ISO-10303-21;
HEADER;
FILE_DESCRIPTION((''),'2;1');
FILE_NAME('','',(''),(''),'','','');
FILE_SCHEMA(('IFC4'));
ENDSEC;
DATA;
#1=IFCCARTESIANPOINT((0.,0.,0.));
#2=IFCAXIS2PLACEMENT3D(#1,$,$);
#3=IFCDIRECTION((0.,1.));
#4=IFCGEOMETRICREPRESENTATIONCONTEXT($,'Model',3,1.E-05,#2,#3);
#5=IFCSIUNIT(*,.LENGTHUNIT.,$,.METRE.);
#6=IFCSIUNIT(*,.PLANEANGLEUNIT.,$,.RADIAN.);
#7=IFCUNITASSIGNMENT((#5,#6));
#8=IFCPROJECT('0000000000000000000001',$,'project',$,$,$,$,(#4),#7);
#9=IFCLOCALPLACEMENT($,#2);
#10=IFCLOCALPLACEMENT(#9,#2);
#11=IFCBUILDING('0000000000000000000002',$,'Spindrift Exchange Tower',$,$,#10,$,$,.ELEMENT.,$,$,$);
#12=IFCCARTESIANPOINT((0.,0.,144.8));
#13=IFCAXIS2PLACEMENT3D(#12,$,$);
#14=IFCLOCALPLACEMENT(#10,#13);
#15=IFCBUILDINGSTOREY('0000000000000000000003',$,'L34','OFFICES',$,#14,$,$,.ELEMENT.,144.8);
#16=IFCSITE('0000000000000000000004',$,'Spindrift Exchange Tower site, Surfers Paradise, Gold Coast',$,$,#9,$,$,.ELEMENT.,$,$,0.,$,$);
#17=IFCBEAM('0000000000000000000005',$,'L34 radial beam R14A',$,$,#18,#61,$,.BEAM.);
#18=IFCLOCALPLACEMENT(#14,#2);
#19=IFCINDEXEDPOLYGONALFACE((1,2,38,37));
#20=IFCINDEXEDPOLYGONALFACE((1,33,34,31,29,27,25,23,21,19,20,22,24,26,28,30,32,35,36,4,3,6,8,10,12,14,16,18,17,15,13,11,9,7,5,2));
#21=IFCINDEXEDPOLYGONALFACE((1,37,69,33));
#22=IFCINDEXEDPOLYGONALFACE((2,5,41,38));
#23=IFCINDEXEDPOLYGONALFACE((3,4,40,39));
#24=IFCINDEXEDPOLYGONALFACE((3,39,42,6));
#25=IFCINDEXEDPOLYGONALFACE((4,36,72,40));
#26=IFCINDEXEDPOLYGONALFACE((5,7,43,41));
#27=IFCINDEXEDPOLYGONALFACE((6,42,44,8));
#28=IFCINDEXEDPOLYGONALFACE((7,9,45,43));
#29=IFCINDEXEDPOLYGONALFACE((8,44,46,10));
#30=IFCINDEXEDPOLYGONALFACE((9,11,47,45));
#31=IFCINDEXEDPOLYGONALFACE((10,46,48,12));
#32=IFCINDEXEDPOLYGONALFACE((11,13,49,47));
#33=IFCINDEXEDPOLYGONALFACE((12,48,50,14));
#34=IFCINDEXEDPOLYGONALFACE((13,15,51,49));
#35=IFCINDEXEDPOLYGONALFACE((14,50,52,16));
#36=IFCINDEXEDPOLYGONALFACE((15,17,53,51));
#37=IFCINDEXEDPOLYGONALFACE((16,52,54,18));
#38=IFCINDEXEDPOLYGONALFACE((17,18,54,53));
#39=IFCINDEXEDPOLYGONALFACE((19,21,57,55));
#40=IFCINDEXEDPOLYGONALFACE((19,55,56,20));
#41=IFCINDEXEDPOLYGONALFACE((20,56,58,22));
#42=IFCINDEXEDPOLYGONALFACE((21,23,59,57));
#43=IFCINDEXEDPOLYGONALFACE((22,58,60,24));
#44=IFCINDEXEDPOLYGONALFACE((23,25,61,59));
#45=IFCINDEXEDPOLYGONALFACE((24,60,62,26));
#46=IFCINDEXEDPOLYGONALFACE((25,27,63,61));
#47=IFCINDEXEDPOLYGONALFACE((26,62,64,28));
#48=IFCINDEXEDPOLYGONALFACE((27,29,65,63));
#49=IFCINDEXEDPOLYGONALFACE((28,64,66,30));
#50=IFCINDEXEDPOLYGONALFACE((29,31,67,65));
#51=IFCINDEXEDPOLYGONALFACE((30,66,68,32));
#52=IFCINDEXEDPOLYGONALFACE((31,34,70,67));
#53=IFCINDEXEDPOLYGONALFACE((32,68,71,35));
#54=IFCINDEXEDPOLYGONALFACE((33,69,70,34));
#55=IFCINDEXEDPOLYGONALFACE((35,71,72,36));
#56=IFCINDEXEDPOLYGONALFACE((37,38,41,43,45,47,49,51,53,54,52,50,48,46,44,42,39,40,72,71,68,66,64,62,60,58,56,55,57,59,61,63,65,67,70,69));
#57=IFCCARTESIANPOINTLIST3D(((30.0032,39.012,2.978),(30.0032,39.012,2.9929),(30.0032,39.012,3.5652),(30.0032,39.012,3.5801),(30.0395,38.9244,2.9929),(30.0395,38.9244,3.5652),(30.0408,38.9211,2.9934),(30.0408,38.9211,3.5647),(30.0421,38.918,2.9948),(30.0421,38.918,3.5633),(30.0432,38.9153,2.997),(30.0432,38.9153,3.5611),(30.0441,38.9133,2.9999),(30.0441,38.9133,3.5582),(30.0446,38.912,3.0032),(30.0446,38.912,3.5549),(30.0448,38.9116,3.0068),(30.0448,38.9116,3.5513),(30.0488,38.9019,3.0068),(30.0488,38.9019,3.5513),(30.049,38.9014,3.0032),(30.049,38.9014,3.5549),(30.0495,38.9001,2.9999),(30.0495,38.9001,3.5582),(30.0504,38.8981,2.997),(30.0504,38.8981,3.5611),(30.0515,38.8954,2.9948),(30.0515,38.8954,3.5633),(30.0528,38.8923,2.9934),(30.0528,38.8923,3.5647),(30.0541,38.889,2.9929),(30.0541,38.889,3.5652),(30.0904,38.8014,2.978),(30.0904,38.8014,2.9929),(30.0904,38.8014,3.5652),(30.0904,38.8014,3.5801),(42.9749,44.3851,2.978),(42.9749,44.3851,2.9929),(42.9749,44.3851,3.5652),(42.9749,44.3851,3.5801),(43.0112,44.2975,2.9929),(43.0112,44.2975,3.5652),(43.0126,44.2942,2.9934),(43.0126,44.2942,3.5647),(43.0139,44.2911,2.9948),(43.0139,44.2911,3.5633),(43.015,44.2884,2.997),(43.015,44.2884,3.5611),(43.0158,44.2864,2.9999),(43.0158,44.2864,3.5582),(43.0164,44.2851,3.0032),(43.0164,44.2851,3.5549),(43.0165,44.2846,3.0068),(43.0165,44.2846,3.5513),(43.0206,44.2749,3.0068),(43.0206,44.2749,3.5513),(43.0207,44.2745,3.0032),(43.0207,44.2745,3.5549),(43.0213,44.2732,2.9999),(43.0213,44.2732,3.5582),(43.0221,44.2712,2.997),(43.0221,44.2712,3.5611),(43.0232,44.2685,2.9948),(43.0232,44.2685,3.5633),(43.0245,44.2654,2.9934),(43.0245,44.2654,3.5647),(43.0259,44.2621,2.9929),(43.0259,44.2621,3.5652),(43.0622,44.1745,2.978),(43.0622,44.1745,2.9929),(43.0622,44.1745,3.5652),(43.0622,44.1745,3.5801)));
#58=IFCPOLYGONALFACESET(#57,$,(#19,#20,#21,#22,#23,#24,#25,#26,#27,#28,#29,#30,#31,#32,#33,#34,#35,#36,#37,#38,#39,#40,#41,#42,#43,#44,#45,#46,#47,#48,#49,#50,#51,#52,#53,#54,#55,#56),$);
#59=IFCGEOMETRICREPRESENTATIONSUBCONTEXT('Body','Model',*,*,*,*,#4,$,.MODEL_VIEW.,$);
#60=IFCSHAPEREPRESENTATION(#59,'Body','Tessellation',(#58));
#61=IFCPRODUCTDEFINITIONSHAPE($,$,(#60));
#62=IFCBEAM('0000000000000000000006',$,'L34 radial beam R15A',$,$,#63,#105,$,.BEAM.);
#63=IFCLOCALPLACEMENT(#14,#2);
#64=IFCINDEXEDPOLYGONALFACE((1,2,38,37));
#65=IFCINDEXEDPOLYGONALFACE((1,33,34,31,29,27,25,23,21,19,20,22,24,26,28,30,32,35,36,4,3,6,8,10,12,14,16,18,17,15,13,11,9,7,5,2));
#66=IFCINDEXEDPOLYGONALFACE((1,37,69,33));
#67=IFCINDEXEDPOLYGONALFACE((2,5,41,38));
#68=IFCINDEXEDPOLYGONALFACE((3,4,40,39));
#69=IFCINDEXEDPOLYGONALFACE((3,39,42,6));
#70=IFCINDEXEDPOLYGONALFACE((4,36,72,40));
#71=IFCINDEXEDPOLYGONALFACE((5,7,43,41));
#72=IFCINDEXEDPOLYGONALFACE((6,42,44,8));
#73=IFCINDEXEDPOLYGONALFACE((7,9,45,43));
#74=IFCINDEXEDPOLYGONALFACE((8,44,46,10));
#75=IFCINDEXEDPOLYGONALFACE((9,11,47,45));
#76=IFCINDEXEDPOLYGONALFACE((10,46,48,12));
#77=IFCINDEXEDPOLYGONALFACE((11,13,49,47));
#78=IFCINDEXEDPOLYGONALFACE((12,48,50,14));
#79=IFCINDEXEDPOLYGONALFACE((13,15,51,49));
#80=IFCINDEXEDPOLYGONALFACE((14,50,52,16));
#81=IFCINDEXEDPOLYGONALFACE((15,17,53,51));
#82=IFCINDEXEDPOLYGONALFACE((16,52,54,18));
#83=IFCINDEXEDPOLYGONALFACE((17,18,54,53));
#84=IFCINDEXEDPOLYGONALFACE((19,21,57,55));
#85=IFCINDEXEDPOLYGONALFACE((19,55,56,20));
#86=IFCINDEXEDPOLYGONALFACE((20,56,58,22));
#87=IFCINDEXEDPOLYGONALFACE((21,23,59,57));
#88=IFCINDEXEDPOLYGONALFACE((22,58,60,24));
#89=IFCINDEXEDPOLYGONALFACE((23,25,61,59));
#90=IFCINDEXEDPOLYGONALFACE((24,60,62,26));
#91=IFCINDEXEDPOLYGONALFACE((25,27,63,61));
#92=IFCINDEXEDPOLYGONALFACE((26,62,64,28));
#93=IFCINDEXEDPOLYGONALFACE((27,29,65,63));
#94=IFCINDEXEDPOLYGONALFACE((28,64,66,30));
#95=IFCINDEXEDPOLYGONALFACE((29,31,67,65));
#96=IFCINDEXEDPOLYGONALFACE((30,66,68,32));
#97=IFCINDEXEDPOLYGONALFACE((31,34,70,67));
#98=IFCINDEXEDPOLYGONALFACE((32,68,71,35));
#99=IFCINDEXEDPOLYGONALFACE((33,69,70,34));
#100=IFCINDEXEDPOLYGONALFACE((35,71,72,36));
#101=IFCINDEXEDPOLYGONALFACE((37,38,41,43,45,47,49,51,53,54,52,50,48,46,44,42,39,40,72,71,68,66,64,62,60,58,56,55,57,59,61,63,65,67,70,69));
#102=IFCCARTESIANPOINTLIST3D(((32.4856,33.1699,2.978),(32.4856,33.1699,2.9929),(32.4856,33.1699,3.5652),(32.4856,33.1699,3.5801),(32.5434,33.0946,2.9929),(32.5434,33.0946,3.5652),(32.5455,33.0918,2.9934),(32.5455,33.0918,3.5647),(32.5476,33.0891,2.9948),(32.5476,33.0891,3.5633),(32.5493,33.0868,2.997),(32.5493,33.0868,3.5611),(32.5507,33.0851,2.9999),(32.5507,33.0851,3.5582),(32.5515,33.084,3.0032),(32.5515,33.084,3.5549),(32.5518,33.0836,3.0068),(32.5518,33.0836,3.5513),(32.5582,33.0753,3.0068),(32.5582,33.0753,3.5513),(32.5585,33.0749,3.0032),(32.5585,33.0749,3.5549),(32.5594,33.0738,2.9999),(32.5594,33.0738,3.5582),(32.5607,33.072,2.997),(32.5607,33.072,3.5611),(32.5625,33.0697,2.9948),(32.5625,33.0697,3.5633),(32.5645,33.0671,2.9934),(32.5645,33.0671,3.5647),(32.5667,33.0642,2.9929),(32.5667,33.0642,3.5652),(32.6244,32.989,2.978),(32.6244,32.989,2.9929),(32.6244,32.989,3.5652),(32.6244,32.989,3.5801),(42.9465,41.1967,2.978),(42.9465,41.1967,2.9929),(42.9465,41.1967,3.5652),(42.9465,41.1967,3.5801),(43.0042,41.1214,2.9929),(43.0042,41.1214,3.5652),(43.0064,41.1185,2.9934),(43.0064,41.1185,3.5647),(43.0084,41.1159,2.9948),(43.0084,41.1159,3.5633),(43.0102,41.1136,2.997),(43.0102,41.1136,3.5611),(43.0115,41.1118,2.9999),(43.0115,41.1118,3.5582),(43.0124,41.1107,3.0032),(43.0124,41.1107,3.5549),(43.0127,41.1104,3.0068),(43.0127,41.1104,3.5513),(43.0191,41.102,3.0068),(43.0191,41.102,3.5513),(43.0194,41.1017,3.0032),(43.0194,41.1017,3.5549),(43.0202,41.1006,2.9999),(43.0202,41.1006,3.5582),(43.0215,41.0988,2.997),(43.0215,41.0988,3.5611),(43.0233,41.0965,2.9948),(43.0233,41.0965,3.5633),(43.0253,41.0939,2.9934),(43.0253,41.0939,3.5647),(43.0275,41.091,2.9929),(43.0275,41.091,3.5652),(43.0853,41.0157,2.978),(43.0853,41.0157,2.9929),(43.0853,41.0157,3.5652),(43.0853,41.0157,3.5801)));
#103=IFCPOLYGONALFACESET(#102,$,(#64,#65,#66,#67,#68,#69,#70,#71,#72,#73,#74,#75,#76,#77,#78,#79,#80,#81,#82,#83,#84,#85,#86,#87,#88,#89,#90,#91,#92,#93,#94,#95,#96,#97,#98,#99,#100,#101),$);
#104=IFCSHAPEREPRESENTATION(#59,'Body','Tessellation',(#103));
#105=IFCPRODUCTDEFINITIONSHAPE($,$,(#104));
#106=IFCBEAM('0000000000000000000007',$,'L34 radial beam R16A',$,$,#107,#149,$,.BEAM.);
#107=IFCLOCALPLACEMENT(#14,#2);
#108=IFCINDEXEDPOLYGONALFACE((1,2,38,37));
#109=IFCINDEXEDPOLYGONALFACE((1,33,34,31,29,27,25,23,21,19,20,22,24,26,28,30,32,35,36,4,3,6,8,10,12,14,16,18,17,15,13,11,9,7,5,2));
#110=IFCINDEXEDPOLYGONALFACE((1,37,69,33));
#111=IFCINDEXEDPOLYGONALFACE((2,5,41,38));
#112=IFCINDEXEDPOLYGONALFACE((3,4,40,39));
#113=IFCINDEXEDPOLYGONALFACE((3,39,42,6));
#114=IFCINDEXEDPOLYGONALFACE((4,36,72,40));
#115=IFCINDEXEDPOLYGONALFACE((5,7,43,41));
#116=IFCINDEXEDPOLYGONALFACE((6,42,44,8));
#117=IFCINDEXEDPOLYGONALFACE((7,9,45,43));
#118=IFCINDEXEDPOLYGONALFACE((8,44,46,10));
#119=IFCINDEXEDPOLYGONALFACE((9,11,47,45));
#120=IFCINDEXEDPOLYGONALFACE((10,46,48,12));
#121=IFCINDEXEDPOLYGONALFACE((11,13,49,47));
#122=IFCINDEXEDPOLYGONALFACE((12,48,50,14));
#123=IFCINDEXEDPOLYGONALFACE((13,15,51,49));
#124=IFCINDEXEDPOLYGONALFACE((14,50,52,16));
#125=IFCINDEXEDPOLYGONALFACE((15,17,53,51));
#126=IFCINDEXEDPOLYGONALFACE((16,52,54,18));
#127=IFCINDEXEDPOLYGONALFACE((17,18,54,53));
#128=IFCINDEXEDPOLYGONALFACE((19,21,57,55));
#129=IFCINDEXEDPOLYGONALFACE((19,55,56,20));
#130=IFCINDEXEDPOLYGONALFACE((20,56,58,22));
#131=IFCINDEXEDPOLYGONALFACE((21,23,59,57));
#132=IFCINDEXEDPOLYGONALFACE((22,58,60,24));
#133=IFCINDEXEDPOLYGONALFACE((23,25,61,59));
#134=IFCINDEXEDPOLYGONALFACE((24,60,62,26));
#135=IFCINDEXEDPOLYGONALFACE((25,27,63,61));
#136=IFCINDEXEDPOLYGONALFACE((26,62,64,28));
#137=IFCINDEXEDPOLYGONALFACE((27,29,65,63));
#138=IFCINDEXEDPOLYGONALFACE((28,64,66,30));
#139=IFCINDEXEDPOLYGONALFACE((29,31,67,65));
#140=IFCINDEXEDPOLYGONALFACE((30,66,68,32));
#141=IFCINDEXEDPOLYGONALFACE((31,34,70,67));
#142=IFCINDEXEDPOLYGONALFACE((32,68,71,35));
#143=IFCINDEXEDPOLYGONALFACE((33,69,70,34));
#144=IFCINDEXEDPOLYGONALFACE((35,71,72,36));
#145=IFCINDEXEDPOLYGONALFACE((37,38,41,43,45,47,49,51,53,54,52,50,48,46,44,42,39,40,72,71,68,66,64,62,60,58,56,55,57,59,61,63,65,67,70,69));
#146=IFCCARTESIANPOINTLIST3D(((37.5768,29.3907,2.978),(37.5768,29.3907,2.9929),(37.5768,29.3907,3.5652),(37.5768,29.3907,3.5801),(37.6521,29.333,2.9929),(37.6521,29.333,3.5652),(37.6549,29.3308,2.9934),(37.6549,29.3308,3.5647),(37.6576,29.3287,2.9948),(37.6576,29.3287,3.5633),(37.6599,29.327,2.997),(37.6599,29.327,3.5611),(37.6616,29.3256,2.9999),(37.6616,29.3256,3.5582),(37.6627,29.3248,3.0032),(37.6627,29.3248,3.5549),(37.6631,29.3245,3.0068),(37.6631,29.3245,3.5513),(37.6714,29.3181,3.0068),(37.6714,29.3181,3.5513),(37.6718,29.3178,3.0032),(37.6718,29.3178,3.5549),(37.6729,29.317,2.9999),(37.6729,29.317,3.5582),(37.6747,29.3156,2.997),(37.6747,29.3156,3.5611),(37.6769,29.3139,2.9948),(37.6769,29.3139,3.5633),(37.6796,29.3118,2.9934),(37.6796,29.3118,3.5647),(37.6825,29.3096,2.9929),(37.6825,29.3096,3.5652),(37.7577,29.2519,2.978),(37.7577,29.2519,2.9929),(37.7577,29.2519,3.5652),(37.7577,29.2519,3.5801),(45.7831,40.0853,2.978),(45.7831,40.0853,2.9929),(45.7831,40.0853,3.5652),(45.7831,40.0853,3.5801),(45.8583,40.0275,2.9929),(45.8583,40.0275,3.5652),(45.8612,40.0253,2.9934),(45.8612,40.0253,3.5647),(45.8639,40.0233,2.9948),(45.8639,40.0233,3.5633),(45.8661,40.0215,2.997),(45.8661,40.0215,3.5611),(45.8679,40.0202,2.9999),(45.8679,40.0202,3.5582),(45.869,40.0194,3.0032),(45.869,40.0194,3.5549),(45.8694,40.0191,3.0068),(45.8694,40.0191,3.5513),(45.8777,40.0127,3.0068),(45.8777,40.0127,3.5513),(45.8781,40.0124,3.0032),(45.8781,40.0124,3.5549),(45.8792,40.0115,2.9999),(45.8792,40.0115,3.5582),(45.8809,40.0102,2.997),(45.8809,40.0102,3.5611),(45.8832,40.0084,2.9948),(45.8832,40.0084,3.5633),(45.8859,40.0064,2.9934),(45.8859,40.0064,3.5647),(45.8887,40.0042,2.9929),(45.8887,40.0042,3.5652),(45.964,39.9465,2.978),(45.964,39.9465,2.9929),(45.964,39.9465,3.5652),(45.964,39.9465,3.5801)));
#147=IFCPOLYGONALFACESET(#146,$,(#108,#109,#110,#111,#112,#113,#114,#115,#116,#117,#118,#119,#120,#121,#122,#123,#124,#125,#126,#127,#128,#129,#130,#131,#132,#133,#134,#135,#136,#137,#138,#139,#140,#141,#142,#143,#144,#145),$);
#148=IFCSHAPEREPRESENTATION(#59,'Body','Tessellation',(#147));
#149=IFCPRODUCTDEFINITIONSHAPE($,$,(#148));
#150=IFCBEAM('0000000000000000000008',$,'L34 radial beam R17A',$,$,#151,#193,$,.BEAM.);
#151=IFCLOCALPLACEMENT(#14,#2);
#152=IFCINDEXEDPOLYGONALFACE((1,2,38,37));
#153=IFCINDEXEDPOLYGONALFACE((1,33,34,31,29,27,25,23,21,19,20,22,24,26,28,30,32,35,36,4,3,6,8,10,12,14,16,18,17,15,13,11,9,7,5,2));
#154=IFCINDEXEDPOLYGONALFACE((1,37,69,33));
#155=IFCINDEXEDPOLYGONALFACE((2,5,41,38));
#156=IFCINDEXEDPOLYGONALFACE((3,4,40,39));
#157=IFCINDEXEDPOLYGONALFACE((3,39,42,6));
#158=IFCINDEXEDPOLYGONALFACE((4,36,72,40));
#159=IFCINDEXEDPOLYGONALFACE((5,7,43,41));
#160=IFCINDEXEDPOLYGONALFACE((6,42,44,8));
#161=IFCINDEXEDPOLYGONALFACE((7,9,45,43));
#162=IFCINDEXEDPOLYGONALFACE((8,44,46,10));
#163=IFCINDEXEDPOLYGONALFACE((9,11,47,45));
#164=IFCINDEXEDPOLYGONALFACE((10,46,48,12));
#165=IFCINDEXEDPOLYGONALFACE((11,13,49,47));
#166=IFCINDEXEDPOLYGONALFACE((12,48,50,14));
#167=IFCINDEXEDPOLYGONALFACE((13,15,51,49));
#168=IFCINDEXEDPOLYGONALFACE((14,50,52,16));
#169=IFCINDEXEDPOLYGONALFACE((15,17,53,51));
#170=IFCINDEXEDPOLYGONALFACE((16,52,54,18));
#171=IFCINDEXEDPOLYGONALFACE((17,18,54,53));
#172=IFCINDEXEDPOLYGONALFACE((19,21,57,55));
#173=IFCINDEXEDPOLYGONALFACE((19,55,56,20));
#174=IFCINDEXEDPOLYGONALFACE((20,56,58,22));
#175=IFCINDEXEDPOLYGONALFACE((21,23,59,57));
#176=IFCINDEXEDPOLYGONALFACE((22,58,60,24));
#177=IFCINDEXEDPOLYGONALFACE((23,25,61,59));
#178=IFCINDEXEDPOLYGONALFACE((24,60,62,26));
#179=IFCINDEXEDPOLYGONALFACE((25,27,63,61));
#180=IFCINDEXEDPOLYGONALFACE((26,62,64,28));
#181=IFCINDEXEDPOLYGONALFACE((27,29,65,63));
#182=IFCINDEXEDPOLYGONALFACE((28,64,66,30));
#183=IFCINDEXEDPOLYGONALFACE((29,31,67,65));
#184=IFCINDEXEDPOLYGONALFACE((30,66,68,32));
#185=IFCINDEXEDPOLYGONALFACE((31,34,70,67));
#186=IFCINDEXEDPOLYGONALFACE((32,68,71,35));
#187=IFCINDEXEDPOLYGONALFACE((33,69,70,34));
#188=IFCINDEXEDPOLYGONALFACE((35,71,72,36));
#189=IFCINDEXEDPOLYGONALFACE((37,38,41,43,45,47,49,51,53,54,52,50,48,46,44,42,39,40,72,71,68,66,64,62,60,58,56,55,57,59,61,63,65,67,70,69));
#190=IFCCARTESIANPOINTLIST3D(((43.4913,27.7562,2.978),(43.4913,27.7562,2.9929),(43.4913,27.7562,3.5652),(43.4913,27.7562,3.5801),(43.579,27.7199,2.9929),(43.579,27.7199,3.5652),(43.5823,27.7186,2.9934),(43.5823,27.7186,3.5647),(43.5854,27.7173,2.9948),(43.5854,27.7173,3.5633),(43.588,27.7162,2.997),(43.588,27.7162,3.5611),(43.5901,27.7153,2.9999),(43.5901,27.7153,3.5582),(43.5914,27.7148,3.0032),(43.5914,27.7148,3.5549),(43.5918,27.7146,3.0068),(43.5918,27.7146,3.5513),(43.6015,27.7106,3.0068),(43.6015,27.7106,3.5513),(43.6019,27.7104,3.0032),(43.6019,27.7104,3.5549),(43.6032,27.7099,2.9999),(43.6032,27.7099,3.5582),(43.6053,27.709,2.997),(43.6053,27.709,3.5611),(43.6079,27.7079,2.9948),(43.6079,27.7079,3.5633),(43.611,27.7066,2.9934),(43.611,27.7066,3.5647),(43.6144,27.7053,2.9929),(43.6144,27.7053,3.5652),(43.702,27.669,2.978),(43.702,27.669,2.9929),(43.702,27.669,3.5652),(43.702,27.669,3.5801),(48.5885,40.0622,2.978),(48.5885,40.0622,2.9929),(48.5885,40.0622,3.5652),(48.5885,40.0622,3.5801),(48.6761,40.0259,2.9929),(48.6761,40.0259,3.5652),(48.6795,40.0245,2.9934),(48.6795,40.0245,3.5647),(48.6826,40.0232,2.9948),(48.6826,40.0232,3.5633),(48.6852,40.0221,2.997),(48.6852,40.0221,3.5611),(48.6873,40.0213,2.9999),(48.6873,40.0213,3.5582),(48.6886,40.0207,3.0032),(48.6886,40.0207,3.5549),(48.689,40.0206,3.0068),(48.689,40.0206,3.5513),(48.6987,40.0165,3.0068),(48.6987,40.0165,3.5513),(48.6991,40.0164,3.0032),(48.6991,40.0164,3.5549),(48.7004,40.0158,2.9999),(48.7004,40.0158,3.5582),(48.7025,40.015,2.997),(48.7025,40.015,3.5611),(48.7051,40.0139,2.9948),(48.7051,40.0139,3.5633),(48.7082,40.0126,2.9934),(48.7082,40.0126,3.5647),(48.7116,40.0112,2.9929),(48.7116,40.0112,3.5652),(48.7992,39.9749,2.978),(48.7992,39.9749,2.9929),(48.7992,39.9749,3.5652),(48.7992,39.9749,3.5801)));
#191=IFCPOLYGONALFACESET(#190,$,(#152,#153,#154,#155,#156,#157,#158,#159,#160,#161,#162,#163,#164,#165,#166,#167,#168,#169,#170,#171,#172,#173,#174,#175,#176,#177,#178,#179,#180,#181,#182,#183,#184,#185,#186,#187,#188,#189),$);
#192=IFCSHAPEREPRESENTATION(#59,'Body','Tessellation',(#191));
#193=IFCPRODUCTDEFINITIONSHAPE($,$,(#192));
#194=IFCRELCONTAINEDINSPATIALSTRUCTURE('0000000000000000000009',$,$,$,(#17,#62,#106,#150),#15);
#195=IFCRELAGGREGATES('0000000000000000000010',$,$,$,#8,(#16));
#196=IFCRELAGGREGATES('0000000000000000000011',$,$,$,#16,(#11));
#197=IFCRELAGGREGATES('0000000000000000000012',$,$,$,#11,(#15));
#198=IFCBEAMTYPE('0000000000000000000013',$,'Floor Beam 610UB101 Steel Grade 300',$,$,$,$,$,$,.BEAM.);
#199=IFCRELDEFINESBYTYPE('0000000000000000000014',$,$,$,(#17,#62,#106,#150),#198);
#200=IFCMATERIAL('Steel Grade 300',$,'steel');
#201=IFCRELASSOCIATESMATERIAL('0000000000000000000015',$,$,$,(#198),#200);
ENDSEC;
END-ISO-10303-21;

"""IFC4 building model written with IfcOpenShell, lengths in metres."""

from ifc_helpers import new_model, si_unit, direction, frame, origin, origin_2d, place, context, subcontext, project, spatial, i_section, extrude, source, transform, mapped, material, material_profile, profile_set, type_object, element, save


model = new_model("IFC4")

# Units and contexts
model_context = context("Model", 3, precision=1e-05, world=origin(), true_north=direction((0.0, 1.0)))
body_context = subcontext(model_context, "Body", "Model", "MODEL_VIEW")
ifc_project = project(units=[si_unit("LENGTHUNIT", "METRE"), si_unit("PLANEANGLEUNIT", "RADIAN")], contexts=[model_context])

# Site, building, storey
site_placement = place(None, origin())
site = spatial("IfcSite", under=ifc_project, at=site_placement, Name="Spindrift Exchange Tower site, Surfers Paradise, Gold Coast", CompositionType="ELEMENT", RefElevation=0.0)
building_placement = place(site_placement, origin())
building = spatial("IfcBuilding", under=site, at=building_placement, Name="Spindrift Exchange Tower", CompositionType="ELEMENT")
storey_placement = place(building_placement, frame((0.0, 0.0, 144.8)))
storey = spatial("IfcBuildingStorey", under=building, at=storey_placement, Name="L34", Description="OFFICES", CompositionType="ELEMENT", Elevation=144.8)

# Beams
ifc_material_1 = material(Name="Steel Grade 300", Category="steel")
ifc_material_profile_1 = material_profile(ifc_material_1, i_section(OverallWidth=0.228, OverallDepth=0.6021, WebThickness=0.0105, FlangeThickness=0.0149, FilletRadius=0.0139, at=origin_2d()), Name="610UB101")
ifc_profile_set_1 = profile_set([ifc_material_profile_1], Name="Steel Grade 300")
beam_type_1 = type_object("IfcBeamType", Name="Floor Beam 610UB101 Steel Grade 300", PredefinedType="BEAM", material=ifc_profile_set_1)
shared_shape_1 = source(origin(), body_context, "Body", "SweptSolid", [
    extrude(i_section(OverallWidth=0.228, OverallDepth=0.6021, WebThickness=0.0105, FlangeThickness=0.0149, FilletRadius=0.0139, at=origin_2d()), origin(), (0.0, 0.0, 1.0), 14.0405),
])
beam_1_placement = place(storey_placement, frame((43.0186, 44.2798, 3.2791), z_axis=(-0.92388, -0.382684, 0.0), x_axis=(0.382684, -0.92388, 0.0)))
element("IfcBeam", 1, at=beam_1_placement, inside=storey, type_object=beam_type_1, Name="L34 radial beam R14A", PredefinedType="BEAM", context=body_context, shape_type="MappedRepresentation", body=[
    mapped(shared_shape_1, transform((0.0, 0.0, 0.0), scale=1.0)),
])
shared_shape_2 = source(origin(), body_context, "Body", "SweptSolid", [
    extrude(i_section(OverallWidth=0.228, OverallDepth=0.6021, WebThickness=0.0105, FlangeThickness=0.0149, FilletRadius=0.0139, at=origin_2d()), origin(), (0.0, 0.0, 1.0), 13.1855),
])
beam_2_placement = place(storey_placement, frame((43.0159, 41.1062, 3.2791), z_axis=(-0.793357, -0.608756, 0.0), x_axis=(0.608756, -0.793357, 0.0)))
element("IfcBeam", 2, at=beam_2_placement, inside=storey, type_object=beam_type_1, Name="L34 radial beam R15A", PredefinedType="BEAM", context=body_context, shape_type="MappedRepresentation", body=[
    mapped(shared_shape_2, transform((0.0, 0.0, 0.0), scale=1.0)),
])
shared_shape_3 = source(origin(), body_context, "Body", "SweptSolid", [
    extrude(i_section(OverallWidth=0.228, OverallDepth=0.6021, WebThickness=0.0105, FlangeThickness=0.0149, FilletRadius=0.0139, at=origin_2d()), origin(), (0.0, 0.0, 1.0), 13.4802),
])
beam_3_placement = place(storey_placement, frame((45.8735, 40.0159, 3.2791), z_axis=(-0.608764, -0.793351, 0.0), x_axis=(0.793351, -0.608764, 0.0)))
element("IfcBeam", 3, at=beam_3_placement, inside=storey, type_object=beam_type_1, Name="L34 radial beam R16A", PredefinedType="BEAM", context=body_context, shape_type="MappedRepresentation", body=[
    mapped(shared_shape_3, transform((0.0, 0.0, 0.0), scale=1.0)),
])
shared_shape_4 = source(origin(), body_context, "Body", "SweptSolid", [
    extrude(i_section(OverallWidth=0.228, OverallDepth=0.6021, WebThickness=0.0105, FlangeThickness=0.0149, FilletRadius=0.0139, at=origin_2d()), origin(), (0.0, 0.0, 1.0), 13.3198),
])
beam_4_placement = place(storey_placement, frame((48.6938, 40.0186, 3.2791), z_axis=(-0.382677, -0.923882, 0.0), x_axis=(0.923882, -0.382677, 0.0)))
element("IfcBeam", 4, at=beam_4_placement, inside=storey, type_object=beam_type_1, Name="L34 radial beam R17A", PredefinedType="BEAM", context=body_context, shape_type="MappedRepresentation", body=[
    mapped(shared_shape_4, transform((0.0, 0.0, 0.0), scale=1.0)),
])

save(model, "model.ifc")
